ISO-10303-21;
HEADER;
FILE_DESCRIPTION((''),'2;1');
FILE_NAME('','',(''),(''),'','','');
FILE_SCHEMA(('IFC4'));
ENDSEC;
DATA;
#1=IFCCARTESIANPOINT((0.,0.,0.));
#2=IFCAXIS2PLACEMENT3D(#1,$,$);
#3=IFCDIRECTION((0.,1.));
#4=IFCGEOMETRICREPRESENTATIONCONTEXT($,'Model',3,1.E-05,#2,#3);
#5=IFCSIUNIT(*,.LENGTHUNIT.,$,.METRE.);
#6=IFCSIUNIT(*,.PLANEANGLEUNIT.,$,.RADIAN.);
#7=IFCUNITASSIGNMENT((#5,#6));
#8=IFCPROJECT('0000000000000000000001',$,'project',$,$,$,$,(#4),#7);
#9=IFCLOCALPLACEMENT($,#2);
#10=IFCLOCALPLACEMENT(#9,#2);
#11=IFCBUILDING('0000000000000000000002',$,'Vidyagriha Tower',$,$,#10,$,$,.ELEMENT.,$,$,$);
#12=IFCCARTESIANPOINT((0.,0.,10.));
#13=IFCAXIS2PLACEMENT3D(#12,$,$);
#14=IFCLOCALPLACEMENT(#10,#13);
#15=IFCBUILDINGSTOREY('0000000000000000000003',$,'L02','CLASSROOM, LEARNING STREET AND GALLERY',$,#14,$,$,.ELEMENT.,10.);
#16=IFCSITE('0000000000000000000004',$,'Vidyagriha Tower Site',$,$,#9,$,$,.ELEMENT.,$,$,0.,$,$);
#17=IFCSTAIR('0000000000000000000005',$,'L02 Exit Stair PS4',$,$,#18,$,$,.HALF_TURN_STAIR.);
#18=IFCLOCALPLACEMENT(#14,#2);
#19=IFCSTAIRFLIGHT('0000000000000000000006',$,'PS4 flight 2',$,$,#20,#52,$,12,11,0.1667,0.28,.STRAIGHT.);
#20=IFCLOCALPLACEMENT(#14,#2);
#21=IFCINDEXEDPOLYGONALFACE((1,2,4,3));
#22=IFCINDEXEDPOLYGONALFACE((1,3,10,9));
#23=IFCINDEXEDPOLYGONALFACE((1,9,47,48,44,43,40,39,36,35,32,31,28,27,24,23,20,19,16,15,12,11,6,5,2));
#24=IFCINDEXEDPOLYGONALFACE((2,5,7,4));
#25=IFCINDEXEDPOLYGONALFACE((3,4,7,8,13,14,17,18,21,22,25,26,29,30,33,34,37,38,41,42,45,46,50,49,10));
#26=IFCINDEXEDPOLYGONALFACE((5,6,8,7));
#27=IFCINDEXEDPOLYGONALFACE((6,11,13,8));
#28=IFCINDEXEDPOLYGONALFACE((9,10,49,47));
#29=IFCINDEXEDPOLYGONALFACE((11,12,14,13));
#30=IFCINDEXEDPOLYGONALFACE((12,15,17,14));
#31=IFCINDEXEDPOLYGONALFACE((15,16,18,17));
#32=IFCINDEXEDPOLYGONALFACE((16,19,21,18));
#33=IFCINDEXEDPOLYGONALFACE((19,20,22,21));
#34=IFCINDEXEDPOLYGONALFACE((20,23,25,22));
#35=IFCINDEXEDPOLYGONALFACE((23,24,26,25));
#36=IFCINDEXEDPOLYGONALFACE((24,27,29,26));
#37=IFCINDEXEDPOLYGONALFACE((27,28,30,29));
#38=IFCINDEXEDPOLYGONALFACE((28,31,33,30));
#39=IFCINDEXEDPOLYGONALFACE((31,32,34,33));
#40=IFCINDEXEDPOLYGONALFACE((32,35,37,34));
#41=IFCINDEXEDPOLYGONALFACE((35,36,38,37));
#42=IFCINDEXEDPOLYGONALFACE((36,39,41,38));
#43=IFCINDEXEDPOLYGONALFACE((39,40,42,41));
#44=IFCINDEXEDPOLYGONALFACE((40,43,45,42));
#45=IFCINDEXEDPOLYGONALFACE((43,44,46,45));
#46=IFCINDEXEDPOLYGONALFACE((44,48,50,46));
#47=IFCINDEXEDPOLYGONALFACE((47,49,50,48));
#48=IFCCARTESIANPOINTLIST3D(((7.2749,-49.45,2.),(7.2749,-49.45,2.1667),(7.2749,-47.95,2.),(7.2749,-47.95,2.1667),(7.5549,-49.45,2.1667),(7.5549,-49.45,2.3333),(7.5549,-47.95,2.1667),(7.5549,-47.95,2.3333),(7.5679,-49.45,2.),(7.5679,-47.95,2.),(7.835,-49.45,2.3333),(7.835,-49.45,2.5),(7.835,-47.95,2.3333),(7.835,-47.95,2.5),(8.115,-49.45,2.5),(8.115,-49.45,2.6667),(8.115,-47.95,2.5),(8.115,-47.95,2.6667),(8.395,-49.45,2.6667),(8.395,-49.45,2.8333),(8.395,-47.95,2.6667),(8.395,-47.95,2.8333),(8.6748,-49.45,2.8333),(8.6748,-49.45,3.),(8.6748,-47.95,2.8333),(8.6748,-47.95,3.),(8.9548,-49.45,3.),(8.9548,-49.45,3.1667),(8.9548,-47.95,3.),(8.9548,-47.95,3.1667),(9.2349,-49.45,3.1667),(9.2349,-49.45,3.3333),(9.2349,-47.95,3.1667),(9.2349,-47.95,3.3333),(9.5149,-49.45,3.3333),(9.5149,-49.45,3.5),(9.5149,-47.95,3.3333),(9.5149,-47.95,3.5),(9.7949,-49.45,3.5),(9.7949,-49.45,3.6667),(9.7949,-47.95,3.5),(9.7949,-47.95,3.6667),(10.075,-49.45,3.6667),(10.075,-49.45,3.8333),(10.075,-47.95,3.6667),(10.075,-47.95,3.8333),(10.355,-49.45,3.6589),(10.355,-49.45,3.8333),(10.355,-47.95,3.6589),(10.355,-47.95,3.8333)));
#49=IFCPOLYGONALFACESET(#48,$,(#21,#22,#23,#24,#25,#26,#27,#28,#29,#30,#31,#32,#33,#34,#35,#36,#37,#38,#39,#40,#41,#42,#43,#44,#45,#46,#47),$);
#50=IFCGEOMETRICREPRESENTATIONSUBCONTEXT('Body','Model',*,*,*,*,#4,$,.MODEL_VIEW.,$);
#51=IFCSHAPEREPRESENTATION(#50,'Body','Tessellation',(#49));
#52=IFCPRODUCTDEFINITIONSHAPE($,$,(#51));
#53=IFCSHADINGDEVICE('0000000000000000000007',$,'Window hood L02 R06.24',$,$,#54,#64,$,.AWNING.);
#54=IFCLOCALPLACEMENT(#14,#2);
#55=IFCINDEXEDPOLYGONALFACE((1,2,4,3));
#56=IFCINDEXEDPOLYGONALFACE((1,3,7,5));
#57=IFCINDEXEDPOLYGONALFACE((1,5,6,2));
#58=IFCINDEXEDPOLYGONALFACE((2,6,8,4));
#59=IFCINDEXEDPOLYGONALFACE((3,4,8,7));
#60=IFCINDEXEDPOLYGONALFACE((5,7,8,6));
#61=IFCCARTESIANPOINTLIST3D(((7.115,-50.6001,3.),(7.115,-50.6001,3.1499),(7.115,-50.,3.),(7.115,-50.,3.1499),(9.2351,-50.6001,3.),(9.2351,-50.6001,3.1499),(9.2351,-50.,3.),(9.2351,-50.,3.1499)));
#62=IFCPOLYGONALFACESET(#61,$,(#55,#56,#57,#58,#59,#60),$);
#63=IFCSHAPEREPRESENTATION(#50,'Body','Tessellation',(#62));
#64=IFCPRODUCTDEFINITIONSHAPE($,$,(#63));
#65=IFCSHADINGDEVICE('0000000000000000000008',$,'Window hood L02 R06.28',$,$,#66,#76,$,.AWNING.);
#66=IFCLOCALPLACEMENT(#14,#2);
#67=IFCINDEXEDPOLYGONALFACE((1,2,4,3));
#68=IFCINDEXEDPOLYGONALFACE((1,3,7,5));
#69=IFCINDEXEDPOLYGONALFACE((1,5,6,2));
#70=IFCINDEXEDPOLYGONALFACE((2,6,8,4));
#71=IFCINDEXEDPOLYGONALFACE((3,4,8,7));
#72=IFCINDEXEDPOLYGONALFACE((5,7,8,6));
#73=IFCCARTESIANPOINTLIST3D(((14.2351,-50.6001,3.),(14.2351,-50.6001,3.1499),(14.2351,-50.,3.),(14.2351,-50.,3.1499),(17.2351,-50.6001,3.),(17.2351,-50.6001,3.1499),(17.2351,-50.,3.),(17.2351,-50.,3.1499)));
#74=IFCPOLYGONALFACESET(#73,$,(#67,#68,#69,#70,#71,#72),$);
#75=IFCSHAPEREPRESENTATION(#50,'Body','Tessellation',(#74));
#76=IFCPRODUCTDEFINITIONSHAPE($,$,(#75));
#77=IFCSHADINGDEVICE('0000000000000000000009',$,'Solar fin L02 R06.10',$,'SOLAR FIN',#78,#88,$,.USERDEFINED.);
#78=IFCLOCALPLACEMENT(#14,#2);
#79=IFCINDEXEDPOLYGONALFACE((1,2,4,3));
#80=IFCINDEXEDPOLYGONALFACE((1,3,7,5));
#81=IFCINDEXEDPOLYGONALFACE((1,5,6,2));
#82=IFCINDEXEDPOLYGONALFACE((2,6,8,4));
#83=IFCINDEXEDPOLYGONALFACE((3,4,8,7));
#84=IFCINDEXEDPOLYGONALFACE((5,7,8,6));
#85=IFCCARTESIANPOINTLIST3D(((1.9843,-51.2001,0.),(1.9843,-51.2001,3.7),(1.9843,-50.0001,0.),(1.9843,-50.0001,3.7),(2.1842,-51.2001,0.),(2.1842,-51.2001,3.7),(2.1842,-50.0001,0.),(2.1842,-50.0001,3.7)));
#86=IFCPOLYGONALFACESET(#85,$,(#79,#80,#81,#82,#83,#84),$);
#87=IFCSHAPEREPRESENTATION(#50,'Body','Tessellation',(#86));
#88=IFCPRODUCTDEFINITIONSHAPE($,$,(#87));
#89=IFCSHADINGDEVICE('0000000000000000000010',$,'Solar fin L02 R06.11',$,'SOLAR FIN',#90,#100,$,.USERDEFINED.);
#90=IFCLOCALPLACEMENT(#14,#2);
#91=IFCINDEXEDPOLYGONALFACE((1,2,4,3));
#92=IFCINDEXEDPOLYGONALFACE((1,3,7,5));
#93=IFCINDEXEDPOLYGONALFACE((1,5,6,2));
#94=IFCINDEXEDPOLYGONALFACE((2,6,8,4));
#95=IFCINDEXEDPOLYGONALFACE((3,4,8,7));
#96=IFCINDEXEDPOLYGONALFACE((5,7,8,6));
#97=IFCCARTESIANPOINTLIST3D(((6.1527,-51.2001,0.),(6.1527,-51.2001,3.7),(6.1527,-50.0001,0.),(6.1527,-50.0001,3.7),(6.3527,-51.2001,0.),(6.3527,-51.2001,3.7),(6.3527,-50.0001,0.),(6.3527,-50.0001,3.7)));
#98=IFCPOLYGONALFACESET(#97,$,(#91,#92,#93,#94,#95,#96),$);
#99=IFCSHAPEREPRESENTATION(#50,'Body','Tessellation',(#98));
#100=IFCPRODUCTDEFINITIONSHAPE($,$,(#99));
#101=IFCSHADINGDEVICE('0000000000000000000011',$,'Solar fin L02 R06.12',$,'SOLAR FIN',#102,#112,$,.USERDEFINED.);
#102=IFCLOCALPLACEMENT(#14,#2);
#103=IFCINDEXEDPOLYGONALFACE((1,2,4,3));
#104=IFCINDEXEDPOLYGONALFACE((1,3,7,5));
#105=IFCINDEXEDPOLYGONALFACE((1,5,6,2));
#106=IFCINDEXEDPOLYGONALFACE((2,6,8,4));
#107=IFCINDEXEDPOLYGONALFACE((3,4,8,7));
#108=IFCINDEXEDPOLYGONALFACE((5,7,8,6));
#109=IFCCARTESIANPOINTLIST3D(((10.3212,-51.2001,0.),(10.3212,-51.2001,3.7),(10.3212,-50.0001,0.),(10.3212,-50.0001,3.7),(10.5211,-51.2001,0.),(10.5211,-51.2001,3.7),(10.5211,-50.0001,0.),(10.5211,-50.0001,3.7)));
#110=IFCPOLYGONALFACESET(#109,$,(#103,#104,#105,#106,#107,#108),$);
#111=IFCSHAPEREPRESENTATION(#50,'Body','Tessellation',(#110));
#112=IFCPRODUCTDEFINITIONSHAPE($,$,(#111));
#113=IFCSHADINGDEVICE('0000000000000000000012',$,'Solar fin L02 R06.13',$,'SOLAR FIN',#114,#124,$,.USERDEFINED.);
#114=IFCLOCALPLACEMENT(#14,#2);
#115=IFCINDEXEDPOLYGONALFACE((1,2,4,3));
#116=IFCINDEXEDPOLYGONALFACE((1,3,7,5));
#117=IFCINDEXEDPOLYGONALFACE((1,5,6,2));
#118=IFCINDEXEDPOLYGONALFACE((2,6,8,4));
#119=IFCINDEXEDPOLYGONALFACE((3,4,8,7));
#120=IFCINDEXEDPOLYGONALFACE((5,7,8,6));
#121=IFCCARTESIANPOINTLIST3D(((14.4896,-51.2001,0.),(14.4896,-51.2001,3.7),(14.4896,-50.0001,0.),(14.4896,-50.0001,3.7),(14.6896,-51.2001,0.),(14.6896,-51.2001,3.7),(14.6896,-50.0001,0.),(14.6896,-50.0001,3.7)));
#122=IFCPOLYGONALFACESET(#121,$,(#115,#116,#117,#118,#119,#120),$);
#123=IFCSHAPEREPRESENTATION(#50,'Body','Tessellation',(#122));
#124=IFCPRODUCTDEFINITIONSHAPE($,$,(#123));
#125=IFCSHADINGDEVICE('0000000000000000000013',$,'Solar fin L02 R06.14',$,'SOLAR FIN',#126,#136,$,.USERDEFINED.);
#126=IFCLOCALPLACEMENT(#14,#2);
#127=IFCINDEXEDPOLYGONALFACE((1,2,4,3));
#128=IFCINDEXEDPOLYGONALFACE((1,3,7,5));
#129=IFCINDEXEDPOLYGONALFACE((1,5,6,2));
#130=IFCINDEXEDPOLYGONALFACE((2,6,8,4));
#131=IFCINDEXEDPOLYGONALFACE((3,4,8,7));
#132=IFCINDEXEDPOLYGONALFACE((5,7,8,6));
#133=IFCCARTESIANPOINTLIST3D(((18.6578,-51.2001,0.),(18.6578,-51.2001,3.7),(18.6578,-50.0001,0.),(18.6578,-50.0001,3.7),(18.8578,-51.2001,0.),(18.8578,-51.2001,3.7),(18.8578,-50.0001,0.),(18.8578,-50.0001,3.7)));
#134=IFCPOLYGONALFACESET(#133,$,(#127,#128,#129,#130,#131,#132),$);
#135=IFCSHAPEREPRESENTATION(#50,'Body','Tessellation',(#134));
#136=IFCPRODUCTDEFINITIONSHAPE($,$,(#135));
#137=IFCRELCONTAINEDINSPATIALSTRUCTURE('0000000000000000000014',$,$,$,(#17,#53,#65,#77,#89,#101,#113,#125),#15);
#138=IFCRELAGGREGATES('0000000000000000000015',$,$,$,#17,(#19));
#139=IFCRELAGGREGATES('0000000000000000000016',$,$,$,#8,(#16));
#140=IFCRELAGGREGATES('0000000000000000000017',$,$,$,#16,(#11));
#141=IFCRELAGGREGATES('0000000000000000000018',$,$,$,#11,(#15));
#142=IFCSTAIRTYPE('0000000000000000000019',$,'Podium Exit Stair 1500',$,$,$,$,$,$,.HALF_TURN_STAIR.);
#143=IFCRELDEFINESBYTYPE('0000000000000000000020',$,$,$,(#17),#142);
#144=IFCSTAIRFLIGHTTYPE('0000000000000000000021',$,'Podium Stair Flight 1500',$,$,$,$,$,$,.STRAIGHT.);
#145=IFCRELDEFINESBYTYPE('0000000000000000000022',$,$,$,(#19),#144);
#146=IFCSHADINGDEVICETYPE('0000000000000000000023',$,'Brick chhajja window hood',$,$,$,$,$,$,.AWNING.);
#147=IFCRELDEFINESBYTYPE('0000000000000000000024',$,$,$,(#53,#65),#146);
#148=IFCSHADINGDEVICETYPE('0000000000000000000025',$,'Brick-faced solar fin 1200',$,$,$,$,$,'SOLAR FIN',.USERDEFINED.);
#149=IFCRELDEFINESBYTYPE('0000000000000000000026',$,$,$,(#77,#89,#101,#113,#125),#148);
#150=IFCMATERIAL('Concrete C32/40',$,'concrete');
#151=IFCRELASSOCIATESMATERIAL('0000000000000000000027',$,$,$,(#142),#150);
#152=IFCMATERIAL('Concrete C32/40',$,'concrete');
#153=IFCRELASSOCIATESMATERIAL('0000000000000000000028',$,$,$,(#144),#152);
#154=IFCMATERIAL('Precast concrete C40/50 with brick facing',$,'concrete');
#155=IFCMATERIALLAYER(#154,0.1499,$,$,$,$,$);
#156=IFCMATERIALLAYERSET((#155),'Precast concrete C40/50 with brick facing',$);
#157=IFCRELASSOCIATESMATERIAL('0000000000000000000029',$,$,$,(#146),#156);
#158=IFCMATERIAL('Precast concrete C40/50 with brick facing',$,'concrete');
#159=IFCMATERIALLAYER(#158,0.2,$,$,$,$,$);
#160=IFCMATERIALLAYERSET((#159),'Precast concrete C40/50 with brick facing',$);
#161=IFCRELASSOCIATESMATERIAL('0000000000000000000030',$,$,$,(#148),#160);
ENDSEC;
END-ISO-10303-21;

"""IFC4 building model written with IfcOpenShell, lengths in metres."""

from ifc_helpers import new_model, si_unit, direction, frame, frame_2d, origin, origin_2d, place, context, subcontext, project, spatial, polyline, rectangle, outline, extrude, material, layer, layer_set, type_object, element, aggregate, save


model = new_model("IFC4")

# Units and contexts
model_context = context("Model", 3, precision=1e-05, world=origin(), true_north=direction((0.0, 1.0)))
body_context = subcontext(model_context, "Body", "Model", "MODEL_VIEW")
ifc_project = project(units=[si_unit("LENGTHUNIT", "METRE"), si_unit("PLANEANGLEUNIT", "RADIAN")], contexts=[model_context])

# Site, building, storey
site_placement = place(None, origin())
site = spatial("IfcSite", under=ifc_project, at=site_placement, Name="Vidyagriha Tower Site", CompositionType="ELEMENT", RefElevation=0.0)
building_placement = place(site_placement, origin())
building = spatial("IfcBuilding", under=site, at=building_placement, Name="Vidyagriha Tower", CompositionType="ELEMENT")
storey_placement = place(building_placement, frame((0.0, 0.0, 10.0)))
storey = spatial("IfcBuildingStorey", under=building, at=storey_placement, Name="L02", Description="CLASSROOM, LEARNING STREET AND GALLERY", CompositionType="ELEMENT", Elevation=10.0)

# Stair, stair flight
ifc_material_1 = material(Name="Concrete C32/40", Category="concrete")
stair_type = type_object("IfcStairType", Name="Podium Exit Stair 1500", PredefinedType="HALF_TURN_STAIR", material=ifc_material_1)
stair_placement = place(storey_placement, origin())
stair = element("IfcStair", 1, at=stair_placement, inside=storey, type_object=stair_type, Name="L02 Exit Stair PS4", PredefinedType="HALF_TURN_STAIR")
ifc_material_2 = material(Name="Concrete C32/40", Category="concrete")
stair_flight_type = type_object("IfcStairFlightType", Name="Podium Stair Flight 1500", PredefinedType="STRAIGHT", material=ifc_material_2)
stair_flight_1_placement = place(storey_placement, frame((7.2749, -48.7, 2.0)))
stair_flight_1 = element("IfcStairFlight", 2, at=stair_flight_1_placement, type_object=stair_flight_type, Name="PS4 flight 2", NumberOfRisers=12, NumberOfTreads=11, PredefinedType="STRAIGHT", RiserHeight=0.1667, TreadLength=0.28, context=body_context, shape_type="SweptSolid", body=[
    extrude(outline(polyline([(0.0, 0.0), (0.0, 0.1667), (0.28, 0.1667), (0.28, 0.3333), (0.5601, 0.3333), (0.5601, 0.5), (0.8401, 0.5), (0.8401, 0.6667), (1.1201, 0.6667), (1.1201, 0.8333), (1.3999, 0.8333), (1.3999, 1.0), (1.6799, 1.0), (1.6799, 1.1667), (1.96, 1.1667), (1.96, 1.3333), (2.24, 1.3333), (2.24, 1.5), (2.52, 1.5), (2.52, 1.6667), (2.8, 1.6667), (2.8, 1.8333), (3.0801, 1.8333), (3.0801, 2.0), (3.0801, 1.6589), (0.293, 0.0), (0.0, 0.0)])), frame((0.0, 0.75, 0.0), z_axis=(0.0, -1.0, 0.0), x_axis=(1.0, 0.0, 0.0)), (0.0, 0.0, 1.0), 1.5),
])
aggregate(stair, [stair_flight_1])

# Shading devices
ifc_material_3 = material(Name="Precast concrete C40/50 with brick facing", Category="concrete")
ifc_layer_1 = layer(ifc_material_3, 0.1499)
ifc_layer_set_1 = layer_set([ifc_layer_1], Name="Precast concrete C40/50 with brick facing")
shading_device_type_1 = type_object("IfcShadingDeviceType", Name="Brick chhajja window hood", PredefinedType="AWNING", material=ifc_layer_set_1)
shading_device_1_placement = place(storey_placement, frame((8.175, -50.3, 3.0)))
element("IfcShadingDevice", 3, at=shading_device_1_placement, inside=storey, type_object=shading_device_type_1, Name="Window hood L02 R06.24", PredefinedType="AWNING", context=body_context, shape_type="SweptSolid", body=[
    extrude(rectangle(XDim=2.1201, YDim=0.6001, at=origin_2d()), origin(), (0.0, 0.0, 1.0), 0.1499),
])
shading_device_2_placement = place(storey_placement, frame((15.7351, -50.3, 3.0)))
element("IfcShadingDevice", 4, at=shading_device_2_placement, inside=storey, type_object=shading_device_type_1, Name="Window hood L02 R06.28", PredefinedType="AWNING", context=body_context, shape_type="SweptSolid", body=[
    extrude(rectangle(XDim=3.0, YDim=0.6001, at=origin_2d()), origin(), (0.0, 0.0, 1.0), 0.1499),
])
ifc_material_4 = material(Name="Precast concrete C40/50 with brick facing", Category="concrete")
ifc_layer_2 = layer(ifc_material_4, 0.2)
ifc_layer_set_2 = layer_set([ifc_layer_2], Name="Precast concrete C40/50 with brick facing")
shading_device_type_2 = type_object("IfcShadingDeviceType", Name="Brick-faced solar fin 1200", ElementType="SOLAR FIN", PredefinedType="USERDEFINED", material=ifc_layer_set_2)
for number, where, z_axis, x_axis, name in (
    (5, (2.0842, -50.0, 0.0), (0.0, 0.0, 1.0), (0.0, -1.0, 0.0), "Solar fin L02 R06.10"),
    (6, (6.2527, -50.0, 0.0), (0.0, 0.0, 1.0), (0.0, -1.0, 0.0), "Solar fin L02 R06.11"),
    (7, (10.4211, -50.0, 0.0), (0.0, 0.0, 1.0), (0.0, -1.0, 0.0), "Solar fin L02 R06.12"),
    (8, (14.5896, -50.0, 0.0), (0.0, 0.0, 1.0), (0.0, -1.0, 0.0), "Solar fin L02 R06.13"),
    (9, (18.7578, -50.0, 0.0), (0.0, 0.0, 1.0), (0.0, -1.0, 0.0), "Solar fin L02 R06.14"),
):
    element("IfcShadingDevice", number, at=place(storey_placement, frame(where, z_axis=z_axis, x_axis=x_axis)), inside=storey, type_object=shading_device_type_2, Name=name, ObjectType="SOLAR FIN", PredefinedType="USERDEFINED", context=body_context, shape_type="SweptSolid", body=[
        extrude(rectangle(XDim=1.2, YDim=0.2, at=frame_2d((0.6001, 0.0))), origin(), (0.0, 0.0, 1.0), 3.7),
    ])

save(model, "model.ifc")
